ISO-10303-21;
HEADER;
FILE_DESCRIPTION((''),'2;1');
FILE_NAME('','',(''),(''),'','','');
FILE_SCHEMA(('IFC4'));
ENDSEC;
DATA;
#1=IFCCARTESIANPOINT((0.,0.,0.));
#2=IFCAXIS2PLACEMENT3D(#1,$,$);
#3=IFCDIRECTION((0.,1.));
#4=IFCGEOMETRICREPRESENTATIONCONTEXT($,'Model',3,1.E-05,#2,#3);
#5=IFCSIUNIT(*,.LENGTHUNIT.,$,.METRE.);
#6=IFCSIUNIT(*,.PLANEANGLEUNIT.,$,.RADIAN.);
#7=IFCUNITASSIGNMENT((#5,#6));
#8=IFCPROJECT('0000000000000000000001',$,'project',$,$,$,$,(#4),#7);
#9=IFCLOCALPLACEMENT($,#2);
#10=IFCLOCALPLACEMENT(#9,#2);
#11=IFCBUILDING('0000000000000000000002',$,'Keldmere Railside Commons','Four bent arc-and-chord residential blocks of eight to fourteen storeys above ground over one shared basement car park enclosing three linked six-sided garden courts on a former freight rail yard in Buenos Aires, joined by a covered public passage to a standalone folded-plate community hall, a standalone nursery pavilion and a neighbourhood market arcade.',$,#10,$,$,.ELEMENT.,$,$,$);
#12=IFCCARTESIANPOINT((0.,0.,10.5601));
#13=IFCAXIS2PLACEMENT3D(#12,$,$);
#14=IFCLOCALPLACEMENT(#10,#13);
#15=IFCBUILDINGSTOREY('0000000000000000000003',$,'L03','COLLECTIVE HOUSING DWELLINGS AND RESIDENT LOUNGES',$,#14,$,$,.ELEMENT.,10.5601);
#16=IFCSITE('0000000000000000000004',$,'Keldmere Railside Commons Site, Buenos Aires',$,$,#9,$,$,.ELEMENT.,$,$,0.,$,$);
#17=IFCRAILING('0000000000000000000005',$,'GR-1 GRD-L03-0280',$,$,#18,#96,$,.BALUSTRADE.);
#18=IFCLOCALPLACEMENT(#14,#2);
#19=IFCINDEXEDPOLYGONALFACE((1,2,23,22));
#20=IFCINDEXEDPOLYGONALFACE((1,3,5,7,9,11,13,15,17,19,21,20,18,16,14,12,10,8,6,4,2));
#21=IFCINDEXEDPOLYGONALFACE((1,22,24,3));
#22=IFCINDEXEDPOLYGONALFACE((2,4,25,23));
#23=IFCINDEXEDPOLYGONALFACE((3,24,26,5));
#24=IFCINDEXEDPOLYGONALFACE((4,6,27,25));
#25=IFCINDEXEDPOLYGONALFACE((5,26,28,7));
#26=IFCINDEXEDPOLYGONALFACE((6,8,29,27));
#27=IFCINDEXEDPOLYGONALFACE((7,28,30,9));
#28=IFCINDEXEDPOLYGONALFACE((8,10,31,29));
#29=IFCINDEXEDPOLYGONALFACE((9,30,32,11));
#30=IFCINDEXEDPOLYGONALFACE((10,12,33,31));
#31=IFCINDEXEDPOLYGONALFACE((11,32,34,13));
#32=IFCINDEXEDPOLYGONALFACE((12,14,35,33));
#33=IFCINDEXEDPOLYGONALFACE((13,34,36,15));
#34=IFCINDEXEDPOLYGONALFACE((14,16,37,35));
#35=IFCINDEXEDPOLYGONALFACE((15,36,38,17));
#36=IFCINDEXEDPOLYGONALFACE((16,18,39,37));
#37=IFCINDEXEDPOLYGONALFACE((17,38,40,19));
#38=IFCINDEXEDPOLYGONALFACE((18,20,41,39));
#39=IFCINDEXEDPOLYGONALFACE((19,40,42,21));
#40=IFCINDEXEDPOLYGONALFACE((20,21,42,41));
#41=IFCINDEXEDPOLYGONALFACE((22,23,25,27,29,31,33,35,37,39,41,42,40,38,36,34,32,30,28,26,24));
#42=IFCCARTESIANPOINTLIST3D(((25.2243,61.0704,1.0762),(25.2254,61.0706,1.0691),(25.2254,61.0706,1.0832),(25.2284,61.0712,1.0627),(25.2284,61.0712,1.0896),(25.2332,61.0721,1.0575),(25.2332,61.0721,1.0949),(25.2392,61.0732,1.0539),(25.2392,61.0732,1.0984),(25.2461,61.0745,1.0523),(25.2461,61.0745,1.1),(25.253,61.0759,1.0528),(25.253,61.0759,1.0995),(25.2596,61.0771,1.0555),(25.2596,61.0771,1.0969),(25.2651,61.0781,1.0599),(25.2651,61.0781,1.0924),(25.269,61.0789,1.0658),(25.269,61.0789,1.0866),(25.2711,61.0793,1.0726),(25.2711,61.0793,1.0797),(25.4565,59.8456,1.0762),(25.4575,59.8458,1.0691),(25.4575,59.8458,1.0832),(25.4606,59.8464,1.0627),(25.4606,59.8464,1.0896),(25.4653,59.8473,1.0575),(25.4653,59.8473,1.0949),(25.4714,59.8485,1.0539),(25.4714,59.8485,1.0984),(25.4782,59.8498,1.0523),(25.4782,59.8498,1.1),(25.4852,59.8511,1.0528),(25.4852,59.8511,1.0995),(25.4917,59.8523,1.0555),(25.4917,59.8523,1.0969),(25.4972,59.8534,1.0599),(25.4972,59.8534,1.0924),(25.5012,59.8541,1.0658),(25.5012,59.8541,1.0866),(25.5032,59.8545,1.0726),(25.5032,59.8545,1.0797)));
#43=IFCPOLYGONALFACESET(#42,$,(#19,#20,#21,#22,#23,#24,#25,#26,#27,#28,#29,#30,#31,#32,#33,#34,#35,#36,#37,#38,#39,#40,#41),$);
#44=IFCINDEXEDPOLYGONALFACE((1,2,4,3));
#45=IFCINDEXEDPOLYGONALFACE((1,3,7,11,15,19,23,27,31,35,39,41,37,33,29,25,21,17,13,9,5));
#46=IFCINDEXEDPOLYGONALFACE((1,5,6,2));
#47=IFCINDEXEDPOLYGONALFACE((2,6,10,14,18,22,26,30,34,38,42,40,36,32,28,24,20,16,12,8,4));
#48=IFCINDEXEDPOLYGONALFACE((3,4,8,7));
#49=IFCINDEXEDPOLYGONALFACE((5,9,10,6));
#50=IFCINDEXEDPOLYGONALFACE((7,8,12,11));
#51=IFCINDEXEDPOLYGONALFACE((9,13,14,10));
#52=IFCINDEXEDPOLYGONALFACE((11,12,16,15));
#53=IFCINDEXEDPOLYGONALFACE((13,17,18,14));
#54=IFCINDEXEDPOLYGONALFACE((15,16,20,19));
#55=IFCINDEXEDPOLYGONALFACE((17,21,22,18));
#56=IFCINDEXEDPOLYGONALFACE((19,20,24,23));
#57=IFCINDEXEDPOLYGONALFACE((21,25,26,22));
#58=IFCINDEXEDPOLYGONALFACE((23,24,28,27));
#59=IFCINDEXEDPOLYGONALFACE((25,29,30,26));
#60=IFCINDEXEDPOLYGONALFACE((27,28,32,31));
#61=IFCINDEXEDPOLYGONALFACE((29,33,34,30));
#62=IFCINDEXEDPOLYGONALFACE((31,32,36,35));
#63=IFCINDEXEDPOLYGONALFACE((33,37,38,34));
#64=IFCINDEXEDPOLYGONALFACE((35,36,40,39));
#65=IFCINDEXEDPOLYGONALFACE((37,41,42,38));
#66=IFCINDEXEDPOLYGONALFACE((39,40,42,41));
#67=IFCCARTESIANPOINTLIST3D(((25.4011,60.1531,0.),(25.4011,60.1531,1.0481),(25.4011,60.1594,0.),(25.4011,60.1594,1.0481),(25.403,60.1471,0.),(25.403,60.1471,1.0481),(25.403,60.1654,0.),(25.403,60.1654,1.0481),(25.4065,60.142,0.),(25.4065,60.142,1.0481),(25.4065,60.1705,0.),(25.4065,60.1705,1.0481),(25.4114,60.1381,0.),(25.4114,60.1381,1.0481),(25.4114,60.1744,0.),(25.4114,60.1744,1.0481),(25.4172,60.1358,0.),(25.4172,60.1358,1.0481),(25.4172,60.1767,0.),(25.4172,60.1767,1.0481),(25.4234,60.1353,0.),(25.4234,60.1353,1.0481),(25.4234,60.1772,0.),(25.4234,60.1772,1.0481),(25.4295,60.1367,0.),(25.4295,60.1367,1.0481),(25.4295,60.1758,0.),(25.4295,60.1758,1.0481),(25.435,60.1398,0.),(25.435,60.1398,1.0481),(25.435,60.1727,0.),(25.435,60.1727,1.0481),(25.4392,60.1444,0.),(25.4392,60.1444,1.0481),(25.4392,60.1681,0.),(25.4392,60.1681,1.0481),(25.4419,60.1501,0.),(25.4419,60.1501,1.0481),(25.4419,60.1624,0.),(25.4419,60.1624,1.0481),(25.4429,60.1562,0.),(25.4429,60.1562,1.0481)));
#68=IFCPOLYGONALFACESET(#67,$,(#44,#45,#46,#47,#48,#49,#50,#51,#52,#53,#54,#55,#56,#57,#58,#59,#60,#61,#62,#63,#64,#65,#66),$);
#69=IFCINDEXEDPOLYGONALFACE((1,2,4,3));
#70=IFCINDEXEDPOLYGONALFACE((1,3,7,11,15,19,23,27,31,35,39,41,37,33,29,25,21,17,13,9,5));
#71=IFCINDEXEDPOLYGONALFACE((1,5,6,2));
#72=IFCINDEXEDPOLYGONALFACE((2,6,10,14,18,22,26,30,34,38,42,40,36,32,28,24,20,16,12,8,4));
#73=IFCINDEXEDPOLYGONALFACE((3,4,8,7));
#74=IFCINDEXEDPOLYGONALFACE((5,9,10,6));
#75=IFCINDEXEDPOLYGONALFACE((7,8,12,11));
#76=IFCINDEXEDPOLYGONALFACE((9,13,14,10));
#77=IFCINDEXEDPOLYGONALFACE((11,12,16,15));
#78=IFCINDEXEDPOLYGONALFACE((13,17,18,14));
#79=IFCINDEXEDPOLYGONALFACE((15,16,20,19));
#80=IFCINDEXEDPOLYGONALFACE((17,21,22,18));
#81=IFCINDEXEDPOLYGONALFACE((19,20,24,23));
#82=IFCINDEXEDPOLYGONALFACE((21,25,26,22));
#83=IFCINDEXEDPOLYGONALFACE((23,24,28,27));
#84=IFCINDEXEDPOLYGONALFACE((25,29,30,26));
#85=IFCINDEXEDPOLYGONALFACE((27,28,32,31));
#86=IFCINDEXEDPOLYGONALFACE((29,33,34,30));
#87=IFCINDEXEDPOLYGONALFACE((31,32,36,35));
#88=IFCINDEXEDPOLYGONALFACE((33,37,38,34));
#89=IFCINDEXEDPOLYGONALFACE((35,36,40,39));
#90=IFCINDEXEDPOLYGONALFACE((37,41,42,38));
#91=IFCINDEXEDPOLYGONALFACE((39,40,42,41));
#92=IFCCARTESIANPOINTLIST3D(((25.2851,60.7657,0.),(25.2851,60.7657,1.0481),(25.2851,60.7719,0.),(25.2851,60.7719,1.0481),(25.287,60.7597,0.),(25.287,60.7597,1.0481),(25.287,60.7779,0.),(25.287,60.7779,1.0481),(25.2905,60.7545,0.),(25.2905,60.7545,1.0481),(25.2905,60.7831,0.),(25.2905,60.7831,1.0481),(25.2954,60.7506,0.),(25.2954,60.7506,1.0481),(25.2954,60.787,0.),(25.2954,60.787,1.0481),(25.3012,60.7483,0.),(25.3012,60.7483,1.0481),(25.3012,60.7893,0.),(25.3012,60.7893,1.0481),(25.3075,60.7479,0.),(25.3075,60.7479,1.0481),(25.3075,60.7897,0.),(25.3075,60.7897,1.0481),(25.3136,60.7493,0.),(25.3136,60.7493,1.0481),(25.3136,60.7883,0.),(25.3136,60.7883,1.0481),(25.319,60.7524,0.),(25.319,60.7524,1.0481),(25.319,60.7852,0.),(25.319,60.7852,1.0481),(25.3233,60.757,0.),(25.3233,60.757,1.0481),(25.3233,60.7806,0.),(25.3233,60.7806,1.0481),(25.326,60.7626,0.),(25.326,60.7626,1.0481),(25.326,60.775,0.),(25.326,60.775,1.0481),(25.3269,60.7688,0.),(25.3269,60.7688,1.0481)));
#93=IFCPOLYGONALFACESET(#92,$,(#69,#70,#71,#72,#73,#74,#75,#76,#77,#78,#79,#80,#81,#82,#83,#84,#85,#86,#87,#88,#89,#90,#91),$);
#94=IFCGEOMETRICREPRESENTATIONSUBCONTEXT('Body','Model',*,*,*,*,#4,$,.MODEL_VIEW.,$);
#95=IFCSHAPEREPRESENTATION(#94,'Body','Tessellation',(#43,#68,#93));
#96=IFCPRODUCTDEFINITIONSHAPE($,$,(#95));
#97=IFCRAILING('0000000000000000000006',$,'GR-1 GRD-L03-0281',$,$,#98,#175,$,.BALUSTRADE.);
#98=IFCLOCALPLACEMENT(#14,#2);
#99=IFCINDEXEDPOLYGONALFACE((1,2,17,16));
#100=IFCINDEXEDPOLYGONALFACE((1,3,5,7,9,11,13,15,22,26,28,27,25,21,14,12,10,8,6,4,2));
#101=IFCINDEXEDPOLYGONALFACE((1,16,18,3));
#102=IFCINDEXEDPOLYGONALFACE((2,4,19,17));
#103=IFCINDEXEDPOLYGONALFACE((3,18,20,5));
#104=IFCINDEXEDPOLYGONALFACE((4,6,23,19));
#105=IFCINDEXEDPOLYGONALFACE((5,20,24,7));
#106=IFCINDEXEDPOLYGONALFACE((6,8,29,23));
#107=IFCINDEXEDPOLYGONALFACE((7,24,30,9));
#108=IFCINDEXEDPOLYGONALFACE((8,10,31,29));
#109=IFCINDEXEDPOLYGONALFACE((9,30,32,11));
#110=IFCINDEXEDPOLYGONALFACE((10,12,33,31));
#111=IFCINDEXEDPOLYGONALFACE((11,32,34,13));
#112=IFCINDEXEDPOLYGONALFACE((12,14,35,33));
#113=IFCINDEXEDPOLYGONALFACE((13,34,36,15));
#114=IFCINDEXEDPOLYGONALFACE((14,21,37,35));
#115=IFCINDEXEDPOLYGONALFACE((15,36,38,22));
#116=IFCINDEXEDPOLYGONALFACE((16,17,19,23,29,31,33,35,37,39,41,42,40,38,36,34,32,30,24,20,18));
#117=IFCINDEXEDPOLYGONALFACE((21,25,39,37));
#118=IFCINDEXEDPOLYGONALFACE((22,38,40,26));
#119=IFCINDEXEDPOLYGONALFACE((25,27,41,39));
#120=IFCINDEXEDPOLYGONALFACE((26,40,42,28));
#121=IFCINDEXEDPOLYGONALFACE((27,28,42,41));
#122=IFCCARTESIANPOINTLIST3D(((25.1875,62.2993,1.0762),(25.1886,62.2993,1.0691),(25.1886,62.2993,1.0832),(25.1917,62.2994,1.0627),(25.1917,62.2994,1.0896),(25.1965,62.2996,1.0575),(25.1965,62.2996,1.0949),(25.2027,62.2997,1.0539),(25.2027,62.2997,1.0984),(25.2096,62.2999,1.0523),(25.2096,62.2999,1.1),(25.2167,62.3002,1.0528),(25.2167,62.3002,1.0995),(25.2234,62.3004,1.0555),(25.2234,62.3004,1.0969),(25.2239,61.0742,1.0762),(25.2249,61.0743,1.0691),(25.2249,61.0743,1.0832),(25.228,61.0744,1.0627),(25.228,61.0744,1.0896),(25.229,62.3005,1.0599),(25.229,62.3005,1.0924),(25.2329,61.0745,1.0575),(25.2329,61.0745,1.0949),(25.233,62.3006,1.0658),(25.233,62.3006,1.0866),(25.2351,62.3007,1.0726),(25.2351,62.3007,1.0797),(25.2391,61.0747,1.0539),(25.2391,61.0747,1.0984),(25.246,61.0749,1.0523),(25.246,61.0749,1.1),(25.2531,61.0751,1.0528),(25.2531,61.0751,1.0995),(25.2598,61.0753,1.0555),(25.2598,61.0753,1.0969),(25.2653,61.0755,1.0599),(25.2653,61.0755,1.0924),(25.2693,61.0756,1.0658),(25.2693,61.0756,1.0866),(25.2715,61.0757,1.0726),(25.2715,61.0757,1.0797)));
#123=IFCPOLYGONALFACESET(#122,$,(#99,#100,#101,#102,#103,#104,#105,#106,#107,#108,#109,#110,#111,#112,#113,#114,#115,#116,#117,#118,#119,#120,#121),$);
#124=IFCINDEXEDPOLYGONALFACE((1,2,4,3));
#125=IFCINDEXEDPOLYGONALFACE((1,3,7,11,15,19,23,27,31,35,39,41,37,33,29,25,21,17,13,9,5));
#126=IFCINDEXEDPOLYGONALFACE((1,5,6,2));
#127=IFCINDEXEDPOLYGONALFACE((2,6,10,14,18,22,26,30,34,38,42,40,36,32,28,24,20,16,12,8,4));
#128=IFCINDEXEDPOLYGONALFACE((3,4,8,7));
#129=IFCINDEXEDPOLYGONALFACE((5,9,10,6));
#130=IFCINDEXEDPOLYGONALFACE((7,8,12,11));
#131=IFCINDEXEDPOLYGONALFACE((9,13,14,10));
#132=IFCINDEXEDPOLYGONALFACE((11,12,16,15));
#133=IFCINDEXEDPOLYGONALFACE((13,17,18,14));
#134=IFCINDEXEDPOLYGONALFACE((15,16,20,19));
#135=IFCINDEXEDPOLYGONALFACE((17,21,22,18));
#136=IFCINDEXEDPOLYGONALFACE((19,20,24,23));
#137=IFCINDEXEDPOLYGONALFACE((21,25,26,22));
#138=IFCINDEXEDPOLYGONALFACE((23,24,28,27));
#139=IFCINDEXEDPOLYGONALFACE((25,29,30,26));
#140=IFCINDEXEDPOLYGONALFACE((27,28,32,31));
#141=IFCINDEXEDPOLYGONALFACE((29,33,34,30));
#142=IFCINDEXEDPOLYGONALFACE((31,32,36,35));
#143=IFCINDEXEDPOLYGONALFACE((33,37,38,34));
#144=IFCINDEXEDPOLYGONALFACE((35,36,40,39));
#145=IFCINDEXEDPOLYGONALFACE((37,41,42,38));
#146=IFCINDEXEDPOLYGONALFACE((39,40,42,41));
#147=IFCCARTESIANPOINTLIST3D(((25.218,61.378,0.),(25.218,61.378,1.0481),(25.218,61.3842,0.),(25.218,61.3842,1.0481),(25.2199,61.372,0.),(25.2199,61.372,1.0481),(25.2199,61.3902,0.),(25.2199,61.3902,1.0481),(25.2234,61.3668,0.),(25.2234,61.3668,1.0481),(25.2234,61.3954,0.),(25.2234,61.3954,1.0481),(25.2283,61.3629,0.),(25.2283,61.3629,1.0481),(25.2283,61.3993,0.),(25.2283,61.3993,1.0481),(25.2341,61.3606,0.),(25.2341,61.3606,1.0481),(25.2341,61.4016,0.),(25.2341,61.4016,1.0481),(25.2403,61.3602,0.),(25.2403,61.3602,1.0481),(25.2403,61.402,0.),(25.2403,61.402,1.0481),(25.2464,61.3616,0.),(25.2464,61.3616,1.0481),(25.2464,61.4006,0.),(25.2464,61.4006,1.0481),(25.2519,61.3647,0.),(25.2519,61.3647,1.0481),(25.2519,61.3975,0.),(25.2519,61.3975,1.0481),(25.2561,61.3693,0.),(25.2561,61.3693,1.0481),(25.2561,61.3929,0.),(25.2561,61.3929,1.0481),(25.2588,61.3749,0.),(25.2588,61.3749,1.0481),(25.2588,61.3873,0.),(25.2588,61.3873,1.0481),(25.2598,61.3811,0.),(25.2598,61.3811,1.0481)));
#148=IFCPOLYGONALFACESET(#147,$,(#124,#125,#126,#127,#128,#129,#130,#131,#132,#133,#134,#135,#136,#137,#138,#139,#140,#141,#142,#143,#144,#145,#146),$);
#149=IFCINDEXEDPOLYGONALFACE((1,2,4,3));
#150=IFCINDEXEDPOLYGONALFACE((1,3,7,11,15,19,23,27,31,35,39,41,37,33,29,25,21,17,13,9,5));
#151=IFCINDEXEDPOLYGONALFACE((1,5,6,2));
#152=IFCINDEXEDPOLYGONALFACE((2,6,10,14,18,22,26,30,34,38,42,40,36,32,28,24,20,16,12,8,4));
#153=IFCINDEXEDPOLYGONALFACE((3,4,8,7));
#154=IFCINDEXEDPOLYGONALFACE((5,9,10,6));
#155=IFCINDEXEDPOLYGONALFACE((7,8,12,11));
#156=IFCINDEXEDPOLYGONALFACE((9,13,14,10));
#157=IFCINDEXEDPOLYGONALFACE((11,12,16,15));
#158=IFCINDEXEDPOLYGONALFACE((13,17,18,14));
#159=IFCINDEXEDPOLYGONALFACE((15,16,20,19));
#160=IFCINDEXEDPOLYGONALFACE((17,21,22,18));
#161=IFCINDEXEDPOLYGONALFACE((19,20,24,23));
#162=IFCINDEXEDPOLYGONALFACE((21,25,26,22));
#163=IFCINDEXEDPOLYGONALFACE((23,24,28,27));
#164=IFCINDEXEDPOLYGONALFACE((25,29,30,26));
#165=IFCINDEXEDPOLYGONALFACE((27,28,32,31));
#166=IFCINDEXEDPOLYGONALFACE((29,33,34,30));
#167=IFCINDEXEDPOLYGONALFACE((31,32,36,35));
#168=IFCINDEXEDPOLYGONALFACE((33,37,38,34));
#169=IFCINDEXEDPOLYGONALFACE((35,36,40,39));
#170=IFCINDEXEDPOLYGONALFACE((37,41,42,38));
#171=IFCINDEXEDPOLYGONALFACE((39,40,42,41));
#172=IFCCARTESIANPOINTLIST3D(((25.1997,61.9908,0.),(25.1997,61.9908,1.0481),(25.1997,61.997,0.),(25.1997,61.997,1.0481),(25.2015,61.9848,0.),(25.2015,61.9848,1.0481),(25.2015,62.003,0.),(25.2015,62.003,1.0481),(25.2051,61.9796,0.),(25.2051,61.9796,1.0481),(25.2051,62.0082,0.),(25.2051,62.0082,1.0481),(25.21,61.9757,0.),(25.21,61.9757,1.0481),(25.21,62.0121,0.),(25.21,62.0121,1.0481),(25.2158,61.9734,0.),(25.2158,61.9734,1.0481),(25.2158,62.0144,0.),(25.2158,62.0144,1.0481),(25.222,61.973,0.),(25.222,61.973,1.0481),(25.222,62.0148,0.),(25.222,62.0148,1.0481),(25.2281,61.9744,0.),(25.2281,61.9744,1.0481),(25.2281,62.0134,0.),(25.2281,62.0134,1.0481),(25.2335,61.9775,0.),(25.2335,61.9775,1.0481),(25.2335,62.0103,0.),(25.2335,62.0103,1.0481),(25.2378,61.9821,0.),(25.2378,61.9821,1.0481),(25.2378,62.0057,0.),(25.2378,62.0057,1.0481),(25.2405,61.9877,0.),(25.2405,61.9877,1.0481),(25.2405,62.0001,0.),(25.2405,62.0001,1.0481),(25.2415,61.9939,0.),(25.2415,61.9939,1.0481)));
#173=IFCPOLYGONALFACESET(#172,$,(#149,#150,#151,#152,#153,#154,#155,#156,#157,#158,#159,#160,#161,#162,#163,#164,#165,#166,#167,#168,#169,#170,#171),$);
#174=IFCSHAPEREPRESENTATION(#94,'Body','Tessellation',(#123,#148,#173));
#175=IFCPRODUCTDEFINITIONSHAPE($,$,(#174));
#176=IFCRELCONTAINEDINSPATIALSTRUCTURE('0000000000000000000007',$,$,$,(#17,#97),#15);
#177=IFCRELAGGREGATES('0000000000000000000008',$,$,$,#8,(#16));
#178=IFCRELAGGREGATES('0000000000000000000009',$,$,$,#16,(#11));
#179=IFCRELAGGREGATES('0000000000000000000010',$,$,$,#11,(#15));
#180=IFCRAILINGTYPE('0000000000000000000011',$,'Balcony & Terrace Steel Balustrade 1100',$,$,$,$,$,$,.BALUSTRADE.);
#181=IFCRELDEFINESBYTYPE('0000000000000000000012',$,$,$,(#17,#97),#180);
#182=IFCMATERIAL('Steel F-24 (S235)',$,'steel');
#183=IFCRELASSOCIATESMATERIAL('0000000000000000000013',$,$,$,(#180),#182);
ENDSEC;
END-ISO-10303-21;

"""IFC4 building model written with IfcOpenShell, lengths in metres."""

from ifc_helpers import new_model, si_unit, direction, frame, origin, origin_2d, place, context, subcontext, project, spatial, circle, extrude, material, type_object, element, save


model = new_model("IFC4")

# Units and contexts
model_context = context("Model", 3, precision=1e-05, world=origin(), true_north=direction((0.0, 1.0)))
body_context = subcontext(model_context, "Body", "Model", "MODEL_VIEW")
ifc_project = project(units=[si_unit("LENGTHUNIT", "METRE"), si_unit("PLANEANGLEUNIT", "RADIAN")], contexts=[model_context])

# Site, building, storey
site_placement = place(None, origin())
site = spatial("IfcSite", under=ifc_project, at=site_placement, Name="Keldmere Railside Commons Site, Buenos Aires", CompositionType="ELEMENT", RefElevation=0.0)
building_placement = place(site_placement, origin())
building = spatial("IfcBuilding", under=site, at=building_placement, Name="Keldmere Railside Commons", Description="Four bent arc-and-chord residential blocks of eight to fourteen storeys above ground over one shared basement car park enclosing three linked six-sided garden courts on a former freight rail yard in Buenos Aires, joined by a covered public passage to a standalone folded-plate community hall, a standalone nursery pavilion and a neighbourhood market arcade.", CompositionType="ELEMENT")
storey_placement = place(building_placement, frame((0.0, 0.0, 10.5601)))
storey = spatial("IfcBuildingStorey", under=building, at=storey_placement, Name="L03", Description="COLLECTIVE HOUSING DWELLINGS AND RESIDENT LOUNGES", CompositionType="ELEMENT", Elevation=10.5601)

# Railings
ifc_material_1 = material(Name="Steel F-24 (S235)", Category="steel")
railing_type_1 = type_object("IfcRailingType", Name="Balcony & Terrace Steel Balustrade 1100", PredefinedType="BALUSTRADE", material=ifc_material_1)
railing_1_placement = place(storey_placement, frame((25.48, 59.8501, 0.0)))
element("IfcRailing", 1, at=railing_1_placement, inside=storey, type_object=railing_type_1, Name="GR-1 GRD-L03-0280", PredefinedType="BALUSTRADE", context=body_context, shape_type="SweptSolid", body=[
    extrude(circle(Radius=0.0239, at=origin_2d()), frame((0.0, 0.0, 1.0762), z_axis=(-0.186239, 0.982504, 0.0), x_axis=(-0.982504, -0.186239, 0.0)), (0.0, 0.0, 1.0), 1.2466),
    extrude(circle(Radius=0.021, at=origin_2d()), frame((-0.0581, 0.3062, 0.0)), (0.0, 0.0, 1.0), 1.0481),
    extrude(circle(Radius=0.021, at=origin_2d()), frame((-0.1741, 0.9187, 0.0)), (0.0, 0.0, 1.0), 1.0481),
])
railing_2_placement = place(storey_placement, frame((25.2478, 61.075, 0.0)))
element("IfcRailing", 2, at=railing_2_placement, inside=storey, type_object=railing_type_1, Name="GR-1 GRD-L03-0281", PredefinedType="BALUSTRADE", context=body_context, shape_type="SweptSolid", body=[
    extrude(circle(Radius=0.0239, at=origin_2d()), frame((0.0, 0.0, 1.0762), z_axis=(-0.02968, 0.999559, 0.0), x_axis=(-0.999559, -0.02968, 0.0)), (0.0, 0.0, 1.0), 1.2256),
    extrude(circle(Radius=0.021, at=origin_2d()), frame((-0.009, 0.3062, 0.0)), (0.0, 0.0, 1.0), 1.0481),
    extrude(circle(Radius=0.021, at=origin_2d()), frame((-0.0273, 0.9189, 0.0)), (0.0, 0.0, 1.0), 1.0481),
])

save(model, "model.ifc")
